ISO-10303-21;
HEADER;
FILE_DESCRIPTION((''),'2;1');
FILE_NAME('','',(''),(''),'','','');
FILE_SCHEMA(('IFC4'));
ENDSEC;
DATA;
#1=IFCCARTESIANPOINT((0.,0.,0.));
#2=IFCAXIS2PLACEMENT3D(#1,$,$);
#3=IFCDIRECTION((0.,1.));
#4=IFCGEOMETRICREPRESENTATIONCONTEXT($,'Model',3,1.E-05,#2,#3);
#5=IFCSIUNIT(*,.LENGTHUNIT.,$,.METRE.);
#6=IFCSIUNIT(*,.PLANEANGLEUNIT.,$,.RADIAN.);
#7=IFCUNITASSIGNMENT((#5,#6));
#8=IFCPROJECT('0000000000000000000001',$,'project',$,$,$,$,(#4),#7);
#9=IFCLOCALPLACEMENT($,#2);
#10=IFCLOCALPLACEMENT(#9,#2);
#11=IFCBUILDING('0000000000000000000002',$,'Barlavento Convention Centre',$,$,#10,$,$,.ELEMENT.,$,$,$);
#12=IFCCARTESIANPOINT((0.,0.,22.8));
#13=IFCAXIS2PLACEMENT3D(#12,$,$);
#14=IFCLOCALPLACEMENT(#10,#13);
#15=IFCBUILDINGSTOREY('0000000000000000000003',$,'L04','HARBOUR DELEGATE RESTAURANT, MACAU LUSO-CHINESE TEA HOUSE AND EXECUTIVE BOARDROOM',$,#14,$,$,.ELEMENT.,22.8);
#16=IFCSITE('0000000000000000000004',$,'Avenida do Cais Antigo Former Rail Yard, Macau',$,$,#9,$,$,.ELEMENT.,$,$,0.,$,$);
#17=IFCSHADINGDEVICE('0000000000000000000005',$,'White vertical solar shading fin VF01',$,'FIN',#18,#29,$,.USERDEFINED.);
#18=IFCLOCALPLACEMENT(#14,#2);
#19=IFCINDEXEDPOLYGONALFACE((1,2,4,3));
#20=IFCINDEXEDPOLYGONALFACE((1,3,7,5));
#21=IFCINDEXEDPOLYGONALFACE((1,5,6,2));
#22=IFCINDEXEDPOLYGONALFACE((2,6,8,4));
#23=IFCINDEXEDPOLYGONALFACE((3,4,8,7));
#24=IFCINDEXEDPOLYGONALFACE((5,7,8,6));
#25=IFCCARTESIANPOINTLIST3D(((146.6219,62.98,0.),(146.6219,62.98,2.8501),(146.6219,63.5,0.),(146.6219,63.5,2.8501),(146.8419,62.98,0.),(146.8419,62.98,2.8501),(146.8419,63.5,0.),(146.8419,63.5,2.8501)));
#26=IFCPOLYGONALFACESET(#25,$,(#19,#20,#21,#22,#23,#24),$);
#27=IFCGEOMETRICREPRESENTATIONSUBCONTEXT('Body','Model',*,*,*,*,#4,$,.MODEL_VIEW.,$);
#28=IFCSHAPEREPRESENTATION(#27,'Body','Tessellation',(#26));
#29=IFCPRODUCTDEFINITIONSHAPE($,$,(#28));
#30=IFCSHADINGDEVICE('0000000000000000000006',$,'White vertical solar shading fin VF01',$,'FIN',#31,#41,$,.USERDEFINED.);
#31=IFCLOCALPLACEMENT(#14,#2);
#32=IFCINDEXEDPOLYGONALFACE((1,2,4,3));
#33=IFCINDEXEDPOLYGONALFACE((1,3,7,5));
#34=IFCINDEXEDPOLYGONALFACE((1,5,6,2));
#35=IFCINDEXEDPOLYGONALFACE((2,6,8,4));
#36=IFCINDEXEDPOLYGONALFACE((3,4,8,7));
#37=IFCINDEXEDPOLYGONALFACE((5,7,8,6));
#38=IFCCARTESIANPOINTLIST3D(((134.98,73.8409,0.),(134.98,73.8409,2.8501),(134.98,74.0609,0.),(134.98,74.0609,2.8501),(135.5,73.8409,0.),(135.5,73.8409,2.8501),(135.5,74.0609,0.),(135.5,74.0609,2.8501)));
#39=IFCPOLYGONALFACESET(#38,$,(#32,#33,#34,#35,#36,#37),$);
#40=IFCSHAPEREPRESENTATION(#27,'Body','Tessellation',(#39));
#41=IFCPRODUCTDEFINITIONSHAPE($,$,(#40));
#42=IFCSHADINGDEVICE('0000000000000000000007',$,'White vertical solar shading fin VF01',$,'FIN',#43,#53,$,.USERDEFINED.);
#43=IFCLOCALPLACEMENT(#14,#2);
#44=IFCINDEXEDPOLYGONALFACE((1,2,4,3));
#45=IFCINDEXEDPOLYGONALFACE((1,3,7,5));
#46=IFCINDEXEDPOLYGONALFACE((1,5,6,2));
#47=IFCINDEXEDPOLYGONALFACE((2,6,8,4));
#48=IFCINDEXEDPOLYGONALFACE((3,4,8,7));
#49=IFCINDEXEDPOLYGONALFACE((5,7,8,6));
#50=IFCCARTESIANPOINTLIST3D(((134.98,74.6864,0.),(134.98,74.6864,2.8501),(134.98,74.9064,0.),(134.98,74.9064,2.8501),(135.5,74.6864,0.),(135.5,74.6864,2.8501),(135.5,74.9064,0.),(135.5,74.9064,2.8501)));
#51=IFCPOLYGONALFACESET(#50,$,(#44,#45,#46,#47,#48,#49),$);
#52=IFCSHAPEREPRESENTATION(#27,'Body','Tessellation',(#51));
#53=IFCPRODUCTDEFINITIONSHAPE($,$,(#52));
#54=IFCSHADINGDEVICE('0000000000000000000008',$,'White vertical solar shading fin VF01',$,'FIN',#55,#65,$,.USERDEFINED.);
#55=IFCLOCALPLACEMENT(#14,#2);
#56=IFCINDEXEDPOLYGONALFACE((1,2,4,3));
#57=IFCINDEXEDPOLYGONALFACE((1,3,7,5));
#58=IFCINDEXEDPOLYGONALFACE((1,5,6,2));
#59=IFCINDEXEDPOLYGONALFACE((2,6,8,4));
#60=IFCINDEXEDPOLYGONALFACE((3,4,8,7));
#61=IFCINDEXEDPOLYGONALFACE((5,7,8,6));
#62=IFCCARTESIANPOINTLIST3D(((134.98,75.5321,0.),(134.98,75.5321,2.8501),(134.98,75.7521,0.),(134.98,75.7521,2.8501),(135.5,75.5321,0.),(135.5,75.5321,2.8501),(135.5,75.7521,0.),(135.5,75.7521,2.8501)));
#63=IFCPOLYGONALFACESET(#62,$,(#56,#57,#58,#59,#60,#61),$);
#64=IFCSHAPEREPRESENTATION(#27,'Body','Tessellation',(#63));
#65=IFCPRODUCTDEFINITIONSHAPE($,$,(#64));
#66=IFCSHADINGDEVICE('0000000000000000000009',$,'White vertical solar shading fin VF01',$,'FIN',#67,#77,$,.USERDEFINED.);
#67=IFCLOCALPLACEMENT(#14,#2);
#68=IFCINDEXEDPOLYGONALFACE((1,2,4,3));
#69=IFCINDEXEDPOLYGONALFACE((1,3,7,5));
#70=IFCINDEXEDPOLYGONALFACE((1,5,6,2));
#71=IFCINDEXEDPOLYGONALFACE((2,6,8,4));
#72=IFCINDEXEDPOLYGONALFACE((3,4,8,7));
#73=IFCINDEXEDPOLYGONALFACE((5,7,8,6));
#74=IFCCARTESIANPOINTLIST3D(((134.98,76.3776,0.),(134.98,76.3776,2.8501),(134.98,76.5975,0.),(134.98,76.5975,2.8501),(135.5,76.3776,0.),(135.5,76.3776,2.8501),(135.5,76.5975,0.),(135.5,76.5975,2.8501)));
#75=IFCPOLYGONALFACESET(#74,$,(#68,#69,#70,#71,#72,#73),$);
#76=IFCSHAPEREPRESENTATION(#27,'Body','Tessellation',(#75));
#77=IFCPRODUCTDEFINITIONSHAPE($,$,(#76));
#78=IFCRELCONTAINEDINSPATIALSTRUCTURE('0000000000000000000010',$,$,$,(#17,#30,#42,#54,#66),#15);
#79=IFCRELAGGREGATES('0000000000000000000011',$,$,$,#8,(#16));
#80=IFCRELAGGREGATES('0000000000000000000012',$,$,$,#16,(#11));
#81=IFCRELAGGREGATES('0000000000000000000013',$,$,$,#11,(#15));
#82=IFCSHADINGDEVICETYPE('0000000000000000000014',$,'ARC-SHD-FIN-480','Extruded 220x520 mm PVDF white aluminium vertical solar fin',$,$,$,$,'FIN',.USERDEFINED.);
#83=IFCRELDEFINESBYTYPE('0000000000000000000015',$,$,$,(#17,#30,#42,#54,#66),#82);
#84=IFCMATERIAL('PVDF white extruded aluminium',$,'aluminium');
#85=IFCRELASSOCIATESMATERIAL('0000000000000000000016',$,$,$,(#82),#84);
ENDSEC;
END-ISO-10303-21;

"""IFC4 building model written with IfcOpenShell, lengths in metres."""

from ifc_helpers import new_model, si_unit, direction, frame, origin, origin_2d, place, context, subcontext, project, spatial, rectangle, extrude, material, type_object, element, save


model = new_model("IFC4")

# Units and contexts
model_context = context("Model", 3, precision=1e-05, world=origin(), true_north=direction((0.0, 1.0)))
body_context = subcontext(model_context, "Body", "Model", "MODEL_VIEW")
ifc_project = project(units=[si_unit("LENGTHUNIT", "METRE"), si_unit("PLANEANGLEUNIT", "RADIAN")], contexts=[model_context])

# Site, building, storey
site_placement = place(None, origin())
site = spatial("IfcSite", under=ifc_project, at=site_placement, Name="Avenida do Cais Antigo Former Rail Yard, Macau", CompositionType="ELEMENT", RefElevation=0.0)
building_placement = place(site_placement, origin())
building = spatial("IfcBuilding", under=site, at=building_placement, Name="Barlavento Convention Centre", CompositionType="ELEMENT")
storey_placement = place(building_placement, frame((0.0, 0.0, 22.8)))
storey = spatial("IfcBuildingStorey", under=building, at=storey_placement, Name="L04", Description="HARBOUR DELEGATE RESTAURANT, MACAU LUSO-CHINESE TEA HOUSE AND EXECUTIVE BOARDROOM", CompositionType="ELEMENT", Elevation=22.8)

# Shading devices
ifc_material_1 = material(Name="PVDF white extruded aluminium", Category="aluminium")
shading_device_type = type_object("IfcShadingDeviceType", Name="ARC-SHD-FIN-480", Description="Extruded 220x520 mm PVDF white aluminium vertical solar fin", ElementType="FIN", PredefinedType="USERDEFINED", material=ifc_material_1)
for number, where, z_axis, x_axis, name in (
    (1, (146.7319, 63.24, 0.0), (0.0, 0.0, 1.0), (1.0, 0.0, 0.0), "White vertical solar shading fin VF01"),
    (2, (135.24, 73.9509, 0.0), (0.0, 0.0, 1.0), (0.0, 1.0, 0.0), "White vertical solar shading fin VF01"),
    (3, (135.24, 74.7964, 0.0), (0.0, 0.0, 1.0), (0.0, 1.0, 0.0), "White vertical solar shading fin VF01"),
    (4, (135.24, 75.6421, 0.0), (0.0, 0.0, 1.0), (0.0, 1.0, 0.0), "White vertical solar shading fin VF01"),
    (5, (135.24, 76.4875, 0.0), (0.0, 0.0, 1.0), (0.0, 1.0, 0.0), "White vertical solar shading fin VF01"),
):
    element("IfcShadingDevice", number, at=place(storey_placement, frame(where, z_axis=z_axis, x_axis=x_axis)), inside=storey, type_object=shading_device_type, Name=name, ObjectType="FIN", PredefinedType="USERDEFINED", context=body_context, shape_type="SweptSolid", body=[
        extrude(rectangle(XDim=0.22, YDim=0.52, at=origin_2d()), origin(), (0.0, 0.0, 1.0), 2.8501),
    ])

save(model, "model.ifc")
